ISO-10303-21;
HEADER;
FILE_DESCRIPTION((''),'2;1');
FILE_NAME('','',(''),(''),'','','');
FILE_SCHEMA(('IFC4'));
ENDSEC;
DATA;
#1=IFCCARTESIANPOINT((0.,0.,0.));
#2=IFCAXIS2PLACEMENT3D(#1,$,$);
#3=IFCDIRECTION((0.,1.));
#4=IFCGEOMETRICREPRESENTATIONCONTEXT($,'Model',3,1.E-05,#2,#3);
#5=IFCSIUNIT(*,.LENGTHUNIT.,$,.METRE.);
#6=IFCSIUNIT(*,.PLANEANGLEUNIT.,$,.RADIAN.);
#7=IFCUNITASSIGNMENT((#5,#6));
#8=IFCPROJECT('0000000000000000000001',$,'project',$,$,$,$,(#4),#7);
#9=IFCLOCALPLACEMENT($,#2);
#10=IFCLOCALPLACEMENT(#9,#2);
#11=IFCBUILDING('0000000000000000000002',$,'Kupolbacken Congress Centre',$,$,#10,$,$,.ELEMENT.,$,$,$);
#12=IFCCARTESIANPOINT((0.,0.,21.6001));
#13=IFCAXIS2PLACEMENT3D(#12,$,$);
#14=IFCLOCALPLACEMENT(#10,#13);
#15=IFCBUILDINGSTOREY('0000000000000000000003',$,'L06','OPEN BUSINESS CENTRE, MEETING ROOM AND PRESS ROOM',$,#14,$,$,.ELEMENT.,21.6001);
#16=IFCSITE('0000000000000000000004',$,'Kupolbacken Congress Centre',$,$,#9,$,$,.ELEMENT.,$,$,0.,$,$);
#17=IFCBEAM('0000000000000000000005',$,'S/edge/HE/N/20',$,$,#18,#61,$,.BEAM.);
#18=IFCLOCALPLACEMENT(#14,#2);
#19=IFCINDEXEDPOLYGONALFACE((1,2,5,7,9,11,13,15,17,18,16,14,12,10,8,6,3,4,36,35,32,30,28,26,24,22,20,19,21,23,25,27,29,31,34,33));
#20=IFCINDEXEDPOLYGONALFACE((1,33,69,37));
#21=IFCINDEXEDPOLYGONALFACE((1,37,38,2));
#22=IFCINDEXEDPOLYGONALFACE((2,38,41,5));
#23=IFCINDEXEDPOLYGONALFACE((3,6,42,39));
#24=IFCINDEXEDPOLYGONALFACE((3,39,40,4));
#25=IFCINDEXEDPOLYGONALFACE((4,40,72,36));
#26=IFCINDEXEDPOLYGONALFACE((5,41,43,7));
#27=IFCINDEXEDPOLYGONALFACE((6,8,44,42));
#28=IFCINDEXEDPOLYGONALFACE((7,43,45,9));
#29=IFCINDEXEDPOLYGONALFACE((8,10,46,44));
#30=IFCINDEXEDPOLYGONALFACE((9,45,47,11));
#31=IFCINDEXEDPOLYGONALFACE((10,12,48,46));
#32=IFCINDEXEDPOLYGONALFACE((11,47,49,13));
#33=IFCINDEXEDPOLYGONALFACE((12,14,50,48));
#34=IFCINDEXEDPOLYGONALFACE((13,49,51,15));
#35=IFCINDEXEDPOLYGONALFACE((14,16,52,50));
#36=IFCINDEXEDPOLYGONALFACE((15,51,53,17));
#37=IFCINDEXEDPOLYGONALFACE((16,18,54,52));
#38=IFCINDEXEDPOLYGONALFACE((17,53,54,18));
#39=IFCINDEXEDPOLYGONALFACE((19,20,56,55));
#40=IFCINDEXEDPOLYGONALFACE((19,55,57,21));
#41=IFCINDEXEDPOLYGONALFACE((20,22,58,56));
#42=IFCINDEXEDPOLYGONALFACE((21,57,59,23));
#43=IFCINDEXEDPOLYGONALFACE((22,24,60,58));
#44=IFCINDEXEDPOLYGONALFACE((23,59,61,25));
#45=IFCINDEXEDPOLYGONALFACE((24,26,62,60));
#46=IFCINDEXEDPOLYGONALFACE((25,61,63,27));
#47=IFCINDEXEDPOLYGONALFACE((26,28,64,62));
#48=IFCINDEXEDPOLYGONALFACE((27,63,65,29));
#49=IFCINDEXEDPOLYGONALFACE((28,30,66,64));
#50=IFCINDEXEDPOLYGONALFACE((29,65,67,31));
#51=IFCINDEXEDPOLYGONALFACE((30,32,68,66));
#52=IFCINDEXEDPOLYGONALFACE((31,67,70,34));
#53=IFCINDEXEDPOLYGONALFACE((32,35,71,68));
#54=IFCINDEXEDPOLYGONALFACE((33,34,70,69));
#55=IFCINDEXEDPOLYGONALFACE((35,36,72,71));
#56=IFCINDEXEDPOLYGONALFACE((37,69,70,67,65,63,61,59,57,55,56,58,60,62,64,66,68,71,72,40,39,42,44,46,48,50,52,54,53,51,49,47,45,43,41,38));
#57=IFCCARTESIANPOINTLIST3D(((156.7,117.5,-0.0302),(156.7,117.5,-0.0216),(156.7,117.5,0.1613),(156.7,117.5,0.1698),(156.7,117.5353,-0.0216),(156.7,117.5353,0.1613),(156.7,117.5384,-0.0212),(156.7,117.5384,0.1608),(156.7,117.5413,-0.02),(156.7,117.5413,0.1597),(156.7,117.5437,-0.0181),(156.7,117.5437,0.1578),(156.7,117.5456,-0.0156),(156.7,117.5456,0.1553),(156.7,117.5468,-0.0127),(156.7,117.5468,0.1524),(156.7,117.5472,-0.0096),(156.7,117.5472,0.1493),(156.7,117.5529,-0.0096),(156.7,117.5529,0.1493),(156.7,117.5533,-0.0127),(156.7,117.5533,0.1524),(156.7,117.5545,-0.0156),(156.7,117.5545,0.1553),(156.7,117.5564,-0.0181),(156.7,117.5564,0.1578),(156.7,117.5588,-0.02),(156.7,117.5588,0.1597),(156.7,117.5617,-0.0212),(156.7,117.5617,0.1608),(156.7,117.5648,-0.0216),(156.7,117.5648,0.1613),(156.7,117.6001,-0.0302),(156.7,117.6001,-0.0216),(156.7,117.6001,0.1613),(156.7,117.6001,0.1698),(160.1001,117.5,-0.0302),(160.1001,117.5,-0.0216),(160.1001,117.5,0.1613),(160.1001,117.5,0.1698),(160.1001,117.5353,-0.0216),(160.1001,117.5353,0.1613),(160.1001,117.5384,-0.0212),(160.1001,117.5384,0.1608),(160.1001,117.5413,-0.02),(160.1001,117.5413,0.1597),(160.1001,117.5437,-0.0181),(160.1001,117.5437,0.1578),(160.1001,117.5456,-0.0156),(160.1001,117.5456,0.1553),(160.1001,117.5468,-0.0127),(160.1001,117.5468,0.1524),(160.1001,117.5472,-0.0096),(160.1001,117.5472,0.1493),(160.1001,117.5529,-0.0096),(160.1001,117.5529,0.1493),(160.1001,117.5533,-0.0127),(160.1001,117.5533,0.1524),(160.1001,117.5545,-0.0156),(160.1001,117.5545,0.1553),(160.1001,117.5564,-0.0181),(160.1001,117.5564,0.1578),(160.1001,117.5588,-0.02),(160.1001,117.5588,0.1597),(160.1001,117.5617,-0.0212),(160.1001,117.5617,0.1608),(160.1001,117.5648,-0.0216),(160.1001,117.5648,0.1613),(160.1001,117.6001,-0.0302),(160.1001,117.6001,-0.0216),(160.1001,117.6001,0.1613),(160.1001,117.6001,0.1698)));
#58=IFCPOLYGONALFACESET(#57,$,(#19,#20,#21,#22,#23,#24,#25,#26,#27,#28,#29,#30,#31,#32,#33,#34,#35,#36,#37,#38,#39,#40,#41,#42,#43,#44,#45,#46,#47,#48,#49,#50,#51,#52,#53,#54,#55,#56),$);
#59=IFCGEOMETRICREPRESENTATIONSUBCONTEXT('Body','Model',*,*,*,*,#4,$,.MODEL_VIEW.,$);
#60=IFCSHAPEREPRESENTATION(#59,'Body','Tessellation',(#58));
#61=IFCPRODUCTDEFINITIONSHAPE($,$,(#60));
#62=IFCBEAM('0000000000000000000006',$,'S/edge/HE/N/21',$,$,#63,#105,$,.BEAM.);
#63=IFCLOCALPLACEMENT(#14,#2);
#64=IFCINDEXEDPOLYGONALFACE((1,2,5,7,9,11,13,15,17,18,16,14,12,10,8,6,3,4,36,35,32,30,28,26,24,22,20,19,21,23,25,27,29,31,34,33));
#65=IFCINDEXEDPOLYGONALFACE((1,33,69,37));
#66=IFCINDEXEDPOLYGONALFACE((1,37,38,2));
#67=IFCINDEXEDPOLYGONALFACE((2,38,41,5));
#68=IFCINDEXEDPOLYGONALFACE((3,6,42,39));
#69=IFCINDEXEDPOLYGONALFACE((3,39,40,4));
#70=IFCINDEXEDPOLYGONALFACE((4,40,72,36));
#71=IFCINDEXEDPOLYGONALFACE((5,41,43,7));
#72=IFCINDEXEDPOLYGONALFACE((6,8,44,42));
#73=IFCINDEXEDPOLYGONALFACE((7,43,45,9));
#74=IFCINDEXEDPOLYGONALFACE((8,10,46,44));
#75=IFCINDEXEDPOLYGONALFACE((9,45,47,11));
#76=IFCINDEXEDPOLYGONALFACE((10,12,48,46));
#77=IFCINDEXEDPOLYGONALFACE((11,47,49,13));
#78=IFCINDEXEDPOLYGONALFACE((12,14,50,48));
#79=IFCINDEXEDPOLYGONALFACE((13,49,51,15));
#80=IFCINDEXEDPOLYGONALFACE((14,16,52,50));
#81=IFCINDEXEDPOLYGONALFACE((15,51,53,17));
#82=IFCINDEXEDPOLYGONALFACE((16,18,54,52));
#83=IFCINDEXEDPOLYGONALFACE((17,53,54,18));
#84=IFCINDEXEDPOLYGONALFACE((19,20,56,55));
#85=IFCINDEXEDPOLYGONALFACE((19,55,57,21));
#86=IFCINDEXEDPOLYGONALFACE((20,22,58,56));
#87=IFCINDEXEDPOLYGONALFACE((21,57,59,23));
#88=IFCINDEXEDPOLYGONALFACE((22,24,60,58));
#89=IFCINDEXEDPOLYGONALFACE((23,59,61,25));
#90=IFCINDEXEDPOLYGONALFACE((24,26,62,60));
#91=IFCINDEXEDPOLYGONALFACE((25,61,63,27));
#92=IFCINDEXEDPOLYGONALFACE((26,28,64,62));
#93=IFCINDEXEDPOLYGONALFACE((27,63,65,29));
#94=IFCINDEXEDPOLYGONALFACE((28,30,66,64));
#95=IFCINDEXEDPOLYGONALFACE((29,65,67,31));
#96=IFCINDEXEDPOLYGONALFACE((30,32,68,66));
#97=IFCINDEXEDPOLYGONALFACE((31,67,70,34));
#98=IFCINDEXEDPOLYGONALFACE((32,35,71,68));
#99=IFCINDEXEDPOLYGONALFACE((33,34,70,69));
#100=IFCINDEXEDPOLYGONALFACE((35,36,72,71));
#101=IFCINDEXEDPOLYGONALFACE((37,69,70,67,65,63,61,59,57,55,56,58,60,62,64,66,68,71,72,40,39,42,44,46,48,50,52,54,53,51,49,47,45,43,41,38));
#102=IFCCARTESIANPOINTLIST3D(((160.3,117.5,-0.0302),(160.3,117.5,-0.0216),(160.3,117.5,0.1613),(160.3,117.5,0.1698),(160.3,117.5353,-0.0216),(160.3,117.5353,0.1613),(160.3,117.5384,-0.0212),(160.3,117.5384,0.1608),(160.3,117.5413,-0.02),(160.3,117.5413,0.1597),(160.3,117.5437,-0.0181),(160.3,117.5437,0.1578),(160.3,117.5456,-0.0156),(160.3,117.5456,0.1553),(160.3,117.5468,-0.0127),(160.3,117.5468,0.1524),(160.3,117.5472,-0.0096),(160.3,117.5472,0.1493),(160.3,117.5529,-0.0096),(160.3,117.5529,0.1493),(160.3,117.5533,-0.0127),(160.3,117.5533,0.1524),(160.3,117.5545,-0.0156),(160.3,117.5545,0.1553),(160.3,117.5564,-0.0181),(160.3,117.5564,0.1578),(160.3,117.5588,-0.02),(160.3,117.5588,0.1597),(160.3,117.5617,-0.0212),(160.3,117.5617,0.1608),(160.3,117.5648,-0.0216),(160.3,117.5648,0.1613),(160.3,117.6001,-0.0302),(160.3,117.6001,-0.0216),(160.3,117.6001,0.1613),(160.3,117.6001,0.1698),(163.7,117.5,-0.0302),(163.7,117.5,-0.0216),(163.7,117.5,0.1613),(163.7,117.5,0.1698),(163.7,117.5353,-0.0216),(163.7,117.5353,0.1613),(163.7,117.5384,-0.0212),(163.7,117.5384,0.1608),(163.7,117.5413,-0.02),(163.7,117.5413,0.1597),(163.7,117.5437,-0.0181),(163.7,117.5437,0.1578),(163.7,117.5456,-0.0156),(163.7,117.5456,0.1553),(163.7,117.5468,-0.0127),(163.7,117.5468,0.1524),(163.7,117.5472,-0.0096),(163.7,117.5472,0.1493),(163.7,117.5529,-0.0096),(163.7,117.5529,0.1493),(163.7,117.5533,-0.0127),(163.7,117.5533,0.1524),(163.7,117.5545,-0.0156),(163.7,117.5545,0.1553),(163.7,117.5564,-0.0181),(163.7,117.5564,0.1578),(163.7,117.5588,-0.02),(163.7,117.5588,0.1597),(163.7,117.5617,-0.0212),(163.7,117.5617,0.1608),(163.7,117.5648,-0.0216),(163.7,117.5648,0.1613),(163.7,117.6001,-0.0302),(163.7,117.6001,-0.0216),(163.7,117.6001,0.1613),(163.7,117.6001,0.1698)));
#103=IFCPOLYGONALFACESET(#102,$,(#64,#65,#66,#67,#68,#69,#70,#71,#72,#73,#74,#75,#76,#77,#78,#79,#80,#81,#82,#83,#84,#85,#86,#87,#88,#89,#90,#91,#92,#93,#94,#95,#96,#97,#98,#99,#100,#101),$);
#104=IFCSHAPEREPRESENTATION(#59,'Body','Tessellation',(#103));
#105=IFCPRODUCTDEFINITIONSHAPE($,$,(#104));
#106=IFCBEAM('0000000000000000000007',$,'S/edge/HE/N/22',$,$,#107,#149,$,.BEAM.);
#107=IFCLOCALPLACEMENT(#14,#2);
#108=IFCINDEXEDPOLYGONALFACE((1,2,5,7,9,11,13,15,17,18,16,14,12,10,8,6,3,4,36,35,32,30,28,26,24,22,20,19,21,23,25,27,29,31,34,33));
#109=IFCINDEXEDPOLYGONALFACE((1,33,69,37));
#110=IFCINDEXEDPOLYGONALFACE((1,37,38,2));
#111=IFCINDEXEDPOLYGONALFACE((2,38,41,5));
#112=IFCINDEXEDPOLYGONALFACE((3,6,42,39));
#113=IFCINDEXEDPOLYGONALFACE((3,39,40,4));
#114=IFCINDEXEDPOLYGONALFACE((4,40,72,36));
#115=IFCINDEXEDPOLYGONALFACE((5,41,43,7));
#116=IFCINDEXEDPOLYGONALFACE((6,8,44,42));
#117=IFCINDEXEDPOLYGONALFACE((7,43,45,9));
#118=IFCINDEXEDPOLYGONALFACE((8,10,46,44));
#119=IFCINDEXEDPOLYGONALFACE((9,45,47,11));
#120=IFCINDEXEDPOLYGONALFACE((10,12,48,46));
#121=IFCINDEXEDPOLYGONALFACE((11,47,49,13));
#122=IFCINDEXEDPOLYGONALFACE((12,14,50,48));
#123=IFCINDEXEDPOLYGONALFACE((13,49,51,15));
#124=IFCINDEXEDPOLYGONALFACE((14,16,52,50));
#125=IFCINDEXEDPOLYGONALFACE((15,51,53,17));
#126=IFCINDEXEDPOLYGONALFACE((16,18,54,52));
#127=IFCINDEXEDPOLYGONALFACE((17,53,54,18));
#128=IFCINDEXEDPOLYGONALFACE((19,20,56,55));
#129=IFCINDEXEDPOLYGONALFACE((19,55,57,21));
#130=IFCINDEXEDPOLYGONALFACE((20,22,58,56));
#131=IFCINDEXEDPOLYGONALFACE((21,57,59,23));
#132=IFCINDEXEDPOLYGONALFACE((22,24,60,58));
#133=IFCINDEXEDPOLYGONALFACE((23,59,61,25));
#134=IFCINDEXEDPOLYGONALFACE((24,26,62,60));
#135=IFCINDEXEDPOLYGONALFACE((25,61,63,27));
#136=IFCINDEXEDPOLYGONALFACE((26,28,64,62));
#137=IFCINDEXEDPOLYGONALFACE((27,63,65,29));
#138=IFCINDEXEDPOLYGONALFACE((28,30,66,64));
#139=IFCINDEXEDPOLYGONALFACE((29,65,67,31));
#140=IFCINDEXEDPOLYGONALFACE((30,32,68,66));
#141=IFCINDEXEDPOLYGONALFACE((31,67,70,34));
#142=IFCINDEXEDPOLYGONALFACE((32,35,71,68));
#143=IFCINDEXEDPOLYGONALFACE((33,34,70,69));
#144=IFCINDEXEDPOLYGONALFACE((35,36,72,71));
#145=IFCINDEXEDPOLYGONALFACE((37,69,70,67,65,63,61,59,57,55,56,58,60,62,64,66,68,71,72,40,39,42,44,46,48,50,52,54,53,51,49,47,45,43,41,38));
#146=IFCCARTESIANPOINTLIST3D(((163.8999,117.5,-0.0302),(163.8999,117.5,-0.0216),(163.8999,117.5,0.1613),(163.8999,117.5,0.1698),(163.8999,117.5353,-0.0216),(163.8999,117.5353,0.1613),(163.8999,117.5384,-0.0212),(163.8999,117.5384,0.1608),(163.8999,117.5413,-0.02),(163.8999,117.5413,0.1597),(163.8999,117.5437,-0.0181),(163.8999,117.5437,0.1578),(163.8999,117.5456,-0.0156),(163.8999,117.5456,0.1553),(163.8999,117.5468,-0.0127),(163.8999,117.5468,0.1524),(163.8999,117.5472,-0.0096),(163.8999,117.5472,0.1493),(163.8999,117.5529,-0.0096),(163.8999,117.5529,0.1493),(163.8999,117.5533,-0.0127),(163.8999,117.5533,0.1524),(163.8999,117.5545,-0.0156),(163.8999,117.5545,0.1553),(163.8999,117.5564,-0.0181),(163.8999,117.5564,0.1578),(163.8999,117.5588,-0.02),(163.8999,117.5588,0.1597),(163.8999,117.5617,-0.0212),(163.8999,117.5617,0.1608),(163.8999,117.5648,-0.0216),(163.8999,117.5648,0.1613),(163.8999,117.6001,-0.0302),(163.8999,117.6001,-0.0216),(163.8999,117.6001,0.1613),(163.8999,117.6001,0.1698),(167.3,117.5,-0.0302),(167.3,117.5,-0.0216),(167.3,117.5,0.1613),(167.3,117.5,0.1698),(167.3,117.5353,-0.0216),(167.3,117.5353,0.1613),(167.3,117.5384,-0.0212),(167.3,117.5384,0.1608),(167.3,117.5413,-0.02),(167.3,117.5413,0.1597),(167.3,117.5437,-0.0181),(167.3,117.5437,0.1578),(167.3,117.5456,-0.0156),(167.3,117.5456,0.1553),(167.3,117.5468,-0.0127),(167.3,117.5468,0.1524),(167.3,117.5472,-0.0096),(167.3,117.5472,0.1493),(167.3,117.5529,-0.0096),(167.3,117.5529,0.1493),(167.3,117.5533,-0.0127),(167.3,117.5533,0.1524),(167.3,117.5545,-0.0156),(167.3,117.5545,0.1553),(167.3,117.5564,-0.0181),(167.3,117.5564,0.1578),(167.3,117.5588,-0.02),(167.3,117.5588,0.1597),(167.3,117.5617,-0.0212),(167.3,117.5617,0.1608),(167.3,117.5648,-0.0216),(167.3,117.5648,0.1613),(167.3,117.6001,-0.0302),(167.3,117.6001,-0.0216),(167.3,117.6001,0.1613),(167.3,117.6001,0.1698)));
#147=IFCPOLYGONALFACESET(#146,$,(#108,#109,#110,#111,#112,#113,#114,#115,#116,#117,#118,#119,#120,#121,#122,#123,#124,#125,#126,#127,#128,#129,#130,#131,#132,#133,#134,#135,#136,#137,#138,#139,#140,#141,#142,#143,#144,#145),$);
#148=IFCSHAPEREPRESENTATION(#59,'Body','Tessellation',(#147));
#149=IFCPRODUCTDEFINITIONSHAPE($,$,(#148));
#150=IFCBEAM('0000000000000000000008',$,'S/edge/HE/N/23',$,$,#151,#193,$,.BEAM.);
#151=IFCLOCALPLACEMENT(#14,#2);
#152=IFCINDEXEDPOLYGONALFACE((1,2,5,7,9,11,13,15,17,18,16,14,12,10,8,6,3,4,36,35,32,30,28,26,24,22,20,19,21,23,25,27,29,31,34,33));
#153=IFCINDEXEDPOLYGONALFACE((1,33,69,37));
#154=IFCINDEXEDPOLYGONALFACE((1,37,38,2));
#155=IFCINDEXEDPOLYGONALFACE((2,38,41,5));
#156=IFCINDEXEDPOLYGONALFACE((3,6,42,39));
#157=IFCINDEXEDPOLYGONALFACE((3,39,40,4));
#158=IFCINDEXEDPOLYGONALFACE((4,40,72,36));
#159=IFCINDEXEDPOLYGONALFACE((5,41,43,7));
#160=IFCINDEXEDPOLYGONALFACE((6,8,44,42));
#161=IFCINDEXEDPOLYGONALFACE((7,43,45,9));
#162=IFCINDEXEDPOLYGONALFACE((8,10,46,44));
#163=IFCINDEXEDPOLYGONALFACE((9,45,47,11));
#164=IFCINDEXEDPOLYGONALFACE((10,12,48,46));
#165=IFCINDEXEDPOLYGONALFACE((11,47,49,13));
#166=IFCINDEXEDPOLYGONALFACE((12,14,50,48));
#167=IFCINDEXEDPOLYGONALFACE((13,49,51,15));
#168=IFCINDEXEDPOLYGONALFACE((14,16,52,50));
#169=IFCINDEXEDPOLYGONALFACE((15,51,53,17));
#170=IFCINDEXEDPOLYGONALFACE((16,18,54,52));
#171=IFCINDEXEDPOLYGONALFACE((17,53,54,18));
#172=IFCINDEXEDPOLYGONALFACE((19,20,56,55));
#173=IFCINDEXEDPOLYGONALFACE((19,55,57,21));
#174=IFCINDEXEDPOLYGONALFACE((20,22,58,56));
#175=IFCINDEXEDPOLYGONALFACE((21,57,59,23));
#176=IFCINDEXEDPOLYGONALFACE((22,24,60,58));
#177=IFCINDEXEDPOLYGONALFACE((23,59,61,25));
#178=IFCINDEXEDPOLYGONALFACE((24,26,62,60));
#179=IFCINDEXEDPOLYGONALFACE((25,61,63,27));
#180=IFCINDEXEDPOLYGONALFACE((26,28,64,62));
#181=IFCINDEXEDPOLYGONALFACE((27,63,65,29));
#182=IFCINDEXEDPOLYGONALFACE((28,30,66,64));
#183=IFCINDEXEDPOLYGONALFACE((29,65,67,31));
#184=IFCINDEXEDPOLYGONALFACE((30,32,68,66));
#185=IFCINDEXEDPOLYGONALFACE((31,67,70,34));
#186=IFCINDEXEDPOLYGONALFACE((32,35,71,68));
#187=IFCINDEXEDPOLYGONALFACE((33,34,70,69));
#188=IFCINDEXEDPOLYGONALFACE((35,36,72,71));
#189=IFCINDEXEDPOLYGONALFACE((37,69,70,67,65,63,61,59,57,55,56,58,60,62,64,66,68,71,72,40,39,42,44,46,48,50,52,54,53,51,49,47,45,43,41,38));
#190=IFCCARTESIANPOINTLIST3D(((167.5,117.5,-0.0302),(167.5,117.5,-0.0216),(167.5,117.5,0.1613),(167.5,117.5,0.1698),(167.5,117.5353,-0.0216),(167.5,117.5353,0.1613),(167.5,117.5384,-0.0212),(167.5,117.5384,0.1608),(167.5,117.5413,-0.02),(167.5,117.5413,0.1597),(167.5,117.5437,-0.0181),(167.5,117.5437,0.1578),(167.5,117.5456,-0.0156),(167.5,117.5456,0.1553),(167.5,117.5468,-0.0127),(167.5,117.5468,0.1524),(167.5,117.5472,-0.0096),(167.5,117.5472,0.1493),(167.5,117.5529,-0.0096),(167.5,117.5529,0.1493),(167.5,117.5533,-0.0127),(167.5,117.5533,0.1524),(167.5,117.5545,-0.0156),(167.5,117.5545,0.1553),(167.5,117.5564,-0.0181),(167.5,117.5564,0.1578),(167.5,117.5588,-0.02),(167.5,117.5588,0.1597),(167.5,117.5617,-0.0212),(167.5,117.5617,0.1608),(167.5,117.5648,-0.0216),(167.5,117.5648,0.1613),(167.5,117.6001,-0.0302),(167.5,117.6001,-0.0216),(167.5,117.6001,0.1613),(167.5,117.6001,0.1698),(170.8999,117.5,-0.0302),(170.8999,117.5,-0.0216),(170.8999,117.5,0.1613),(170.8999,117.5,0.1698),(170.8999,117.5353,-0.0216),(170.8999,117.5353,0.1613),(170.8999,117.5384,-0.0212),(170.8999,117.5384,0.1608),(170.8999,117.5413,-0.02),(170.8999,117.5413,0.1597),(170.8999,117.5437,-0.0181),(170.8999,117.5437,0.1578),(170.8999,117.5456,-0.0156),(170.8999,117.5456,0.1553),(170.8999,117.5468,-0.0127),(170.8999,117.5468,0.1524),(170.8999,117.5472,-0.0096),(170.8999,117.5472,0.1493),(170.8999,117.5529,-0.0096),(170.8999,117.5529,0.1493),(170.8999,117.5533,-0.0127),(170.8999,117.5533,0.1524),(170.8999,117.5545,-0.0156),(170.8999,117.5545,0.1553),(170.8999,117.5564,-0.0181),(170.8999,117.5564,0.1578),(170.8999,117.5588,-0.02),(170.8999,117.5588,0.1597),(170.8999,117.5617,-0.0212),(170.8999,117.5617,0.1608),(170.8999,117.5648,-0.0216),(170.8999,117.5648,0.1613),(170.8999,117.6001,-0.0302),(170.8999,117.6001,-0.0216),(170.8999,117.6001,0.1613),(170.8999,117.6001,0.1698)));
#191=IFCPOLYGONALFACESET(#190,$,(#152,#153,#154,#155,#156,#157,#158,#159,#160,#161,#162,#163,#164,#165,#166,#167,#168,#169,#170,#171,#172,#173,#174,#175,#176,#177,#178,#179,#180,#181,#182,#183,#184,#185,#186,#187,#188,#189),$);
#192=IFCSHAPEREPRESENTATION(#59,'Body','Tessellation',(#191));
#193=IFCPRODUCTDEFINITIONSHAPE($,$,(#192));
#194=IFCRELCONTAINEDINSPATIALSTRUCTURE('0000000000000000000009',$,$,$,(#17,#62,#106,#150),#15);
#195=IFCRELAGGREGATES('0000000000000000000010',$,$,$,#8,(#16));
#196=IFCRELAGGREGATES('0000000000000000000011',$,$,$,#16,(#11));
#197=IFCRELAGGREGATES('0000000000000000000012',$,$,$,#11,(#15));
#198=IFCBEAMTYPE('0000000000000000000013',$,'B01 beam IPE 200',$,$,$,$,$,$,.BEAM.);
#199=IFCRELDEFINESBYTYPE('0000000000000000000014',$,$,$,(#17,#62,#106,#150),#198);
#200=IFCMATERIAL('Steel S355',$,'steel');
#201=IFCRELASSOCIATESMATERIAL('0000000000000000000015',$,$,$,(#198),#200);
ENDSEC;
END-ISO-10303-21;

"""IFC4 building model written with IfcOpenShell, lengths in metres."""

from ifc_helpers import new_model, si_unit, direction, frame, origin, origin_2d, place, context, subcontext, project, spatial, i_section, extrude, material, material_profile, profile_set, type_object, element, save


model = new_model("IFC4")

# Units and contexts
model_context = context("Model", 3, precision=1e-05, world=origin(), true_north=direction((0.0, 1.0)))
body_context = subcontext(model_context, "Body", "Model", "MODEL_VIEW")
ifc_project = project(units=[si_unit("LENGTHUNIT", "METRE"), si_unit("PLANEANGLEUNIT", "RADIAN")], contexts=[model_context])

# Site, building, storey
site_placement = place(None, origin())
site = spatial("IfcSite", under=ifc_project, at=site_placement, Name="Kupolbacken Congress Centre", CompositionType="ELEMENT", RefElevation=0.0)
building_placement = place(site_placement, origin())
building = spatial("IfcBuilding", under=site, at=building_placement, Name="Kupolbacken Congress Centre", CompositionType="ELEMENT")
storey_placement = place(building_placement, frame((0.0, 0.0, 21.6001)))
storey = spatial("IfcBuildingStorey", under=building, at=storey_placement, Name="L06", Description="OPEN BUSINESS CENTRE, MEETING ROOM AND PRESS ROOM", CompositionType="ELEMENT", Elevation=21.6001)

# Beams
ifc_material_1 = material(Name="Steel S355", Category="steel")
ifc_material_profile_1 = material_profile(ifc_material_1, i_section(OverallWidth=0.1001, OverallDepth=0.2, WebThickness=0.0056, FlangeThickness=0.0085, FilletRadius=0.012, at=origin_2d()), Name="IPE 200")
ifc_profile_set_1 = profile_set([ifc_material_profile_1], Name="Steel S355")
beam_type_1 = type_object("IfcBeamType", Name="B01 beam IPE 200", PredefinedType="BEAM", material=ifc_profile_set_1)
beam_1_placement = place(storey_placement, frame((156.7, 117.55, 0.0698), z_axis=(1.0, 0.0, 0.0), x_axis=(0.0, 1.0, 0.0)))
element("IfcBeam", 1, at=beam_1_placement, inside=storey, type_object=beam_type_1, Name="S/edge/HE/N/20", PredefinedType="BEAM", context=body_context, shape_type="SweptSolid", body=[
    extrude(i_section(OverallWidth=0.1001, OverallDepth=0.2, WebThickness=0.0056, FlangeThickness=0.0085, FilletRadius=0.012, at=origin_2d()), origin(), (0.0, 0.0, 1.0), 3.4001),
])
beam_2_placement = place(storey_placement, frame((160.3, 117.55, 0.0698), z_axis=(1.0, 0.0, 0.0), x_axis=(0.0, 1.0, 0.0)))
element("IfcBeam", 2, at=beam_2_placement, inside=storey, type_object=beam_type_1, Name="S/edge/HE/N/21", PredefinedType="BEAM", context=body_context, shape_type="SweptSolid", body=[
    extrude(i_section(OverallWidth=0.1001, OverallDepth=0.2, WebThickness=0.0056, FlangeThickness=0.0085, FilletRadius=0.012, at=origin_2d()), origin(), (0.0, 0.0, 1.0), 3.3999),
])
beam_3_placement = place(storey_placement, frame((163.8999, 117.55, 0.0698), z_axis=(1.0, 0.0, 0.0), x_axis=(0.0, 1.0, 0.0)))
element("IfcBeam", 3, at=beam_3_placement, inside=storey, type_object=beam_type_1, Name="S/edge/HE/N/22", PredefinedType="BEAM", context=body_context, shape_type="SweptSolid", body=[
    extrude(i_section(OverallWidth=0.1001, OverallDepth=0.2, WebThickness=0.0056, FlangeThickness=0.0085, FilletRadius=0.012, at=origin_2d()), origin(), (0.0, 0.0, 1.0), 3.4001),
])
beam_4_placement = place(storey_placement, frame((167.5, 117.55, 0.0698), z_axis=(1.0, 0.0, 0.0), x_axis=(0.0, 1.0, 0.0)))
element("IfcBeam", 4, at=beam_4_placement, inside=storey, type_object=beam_type_1, Name="S/edge/HE/N/23", PredefinedType="BEAM", context=body_context, shape_type="SweptSolid", body=[
    extrude(i_section(OverallWidth=0.1001, OverallDepth=0.2, WebThickness=0.0056, FlangeThickness=0.0085, FilletRadius=0.012, at=origin_2d()), origin(), (0.0, 0.0, 1.0), 3.3999),
])

save(model, "model.ifc")
